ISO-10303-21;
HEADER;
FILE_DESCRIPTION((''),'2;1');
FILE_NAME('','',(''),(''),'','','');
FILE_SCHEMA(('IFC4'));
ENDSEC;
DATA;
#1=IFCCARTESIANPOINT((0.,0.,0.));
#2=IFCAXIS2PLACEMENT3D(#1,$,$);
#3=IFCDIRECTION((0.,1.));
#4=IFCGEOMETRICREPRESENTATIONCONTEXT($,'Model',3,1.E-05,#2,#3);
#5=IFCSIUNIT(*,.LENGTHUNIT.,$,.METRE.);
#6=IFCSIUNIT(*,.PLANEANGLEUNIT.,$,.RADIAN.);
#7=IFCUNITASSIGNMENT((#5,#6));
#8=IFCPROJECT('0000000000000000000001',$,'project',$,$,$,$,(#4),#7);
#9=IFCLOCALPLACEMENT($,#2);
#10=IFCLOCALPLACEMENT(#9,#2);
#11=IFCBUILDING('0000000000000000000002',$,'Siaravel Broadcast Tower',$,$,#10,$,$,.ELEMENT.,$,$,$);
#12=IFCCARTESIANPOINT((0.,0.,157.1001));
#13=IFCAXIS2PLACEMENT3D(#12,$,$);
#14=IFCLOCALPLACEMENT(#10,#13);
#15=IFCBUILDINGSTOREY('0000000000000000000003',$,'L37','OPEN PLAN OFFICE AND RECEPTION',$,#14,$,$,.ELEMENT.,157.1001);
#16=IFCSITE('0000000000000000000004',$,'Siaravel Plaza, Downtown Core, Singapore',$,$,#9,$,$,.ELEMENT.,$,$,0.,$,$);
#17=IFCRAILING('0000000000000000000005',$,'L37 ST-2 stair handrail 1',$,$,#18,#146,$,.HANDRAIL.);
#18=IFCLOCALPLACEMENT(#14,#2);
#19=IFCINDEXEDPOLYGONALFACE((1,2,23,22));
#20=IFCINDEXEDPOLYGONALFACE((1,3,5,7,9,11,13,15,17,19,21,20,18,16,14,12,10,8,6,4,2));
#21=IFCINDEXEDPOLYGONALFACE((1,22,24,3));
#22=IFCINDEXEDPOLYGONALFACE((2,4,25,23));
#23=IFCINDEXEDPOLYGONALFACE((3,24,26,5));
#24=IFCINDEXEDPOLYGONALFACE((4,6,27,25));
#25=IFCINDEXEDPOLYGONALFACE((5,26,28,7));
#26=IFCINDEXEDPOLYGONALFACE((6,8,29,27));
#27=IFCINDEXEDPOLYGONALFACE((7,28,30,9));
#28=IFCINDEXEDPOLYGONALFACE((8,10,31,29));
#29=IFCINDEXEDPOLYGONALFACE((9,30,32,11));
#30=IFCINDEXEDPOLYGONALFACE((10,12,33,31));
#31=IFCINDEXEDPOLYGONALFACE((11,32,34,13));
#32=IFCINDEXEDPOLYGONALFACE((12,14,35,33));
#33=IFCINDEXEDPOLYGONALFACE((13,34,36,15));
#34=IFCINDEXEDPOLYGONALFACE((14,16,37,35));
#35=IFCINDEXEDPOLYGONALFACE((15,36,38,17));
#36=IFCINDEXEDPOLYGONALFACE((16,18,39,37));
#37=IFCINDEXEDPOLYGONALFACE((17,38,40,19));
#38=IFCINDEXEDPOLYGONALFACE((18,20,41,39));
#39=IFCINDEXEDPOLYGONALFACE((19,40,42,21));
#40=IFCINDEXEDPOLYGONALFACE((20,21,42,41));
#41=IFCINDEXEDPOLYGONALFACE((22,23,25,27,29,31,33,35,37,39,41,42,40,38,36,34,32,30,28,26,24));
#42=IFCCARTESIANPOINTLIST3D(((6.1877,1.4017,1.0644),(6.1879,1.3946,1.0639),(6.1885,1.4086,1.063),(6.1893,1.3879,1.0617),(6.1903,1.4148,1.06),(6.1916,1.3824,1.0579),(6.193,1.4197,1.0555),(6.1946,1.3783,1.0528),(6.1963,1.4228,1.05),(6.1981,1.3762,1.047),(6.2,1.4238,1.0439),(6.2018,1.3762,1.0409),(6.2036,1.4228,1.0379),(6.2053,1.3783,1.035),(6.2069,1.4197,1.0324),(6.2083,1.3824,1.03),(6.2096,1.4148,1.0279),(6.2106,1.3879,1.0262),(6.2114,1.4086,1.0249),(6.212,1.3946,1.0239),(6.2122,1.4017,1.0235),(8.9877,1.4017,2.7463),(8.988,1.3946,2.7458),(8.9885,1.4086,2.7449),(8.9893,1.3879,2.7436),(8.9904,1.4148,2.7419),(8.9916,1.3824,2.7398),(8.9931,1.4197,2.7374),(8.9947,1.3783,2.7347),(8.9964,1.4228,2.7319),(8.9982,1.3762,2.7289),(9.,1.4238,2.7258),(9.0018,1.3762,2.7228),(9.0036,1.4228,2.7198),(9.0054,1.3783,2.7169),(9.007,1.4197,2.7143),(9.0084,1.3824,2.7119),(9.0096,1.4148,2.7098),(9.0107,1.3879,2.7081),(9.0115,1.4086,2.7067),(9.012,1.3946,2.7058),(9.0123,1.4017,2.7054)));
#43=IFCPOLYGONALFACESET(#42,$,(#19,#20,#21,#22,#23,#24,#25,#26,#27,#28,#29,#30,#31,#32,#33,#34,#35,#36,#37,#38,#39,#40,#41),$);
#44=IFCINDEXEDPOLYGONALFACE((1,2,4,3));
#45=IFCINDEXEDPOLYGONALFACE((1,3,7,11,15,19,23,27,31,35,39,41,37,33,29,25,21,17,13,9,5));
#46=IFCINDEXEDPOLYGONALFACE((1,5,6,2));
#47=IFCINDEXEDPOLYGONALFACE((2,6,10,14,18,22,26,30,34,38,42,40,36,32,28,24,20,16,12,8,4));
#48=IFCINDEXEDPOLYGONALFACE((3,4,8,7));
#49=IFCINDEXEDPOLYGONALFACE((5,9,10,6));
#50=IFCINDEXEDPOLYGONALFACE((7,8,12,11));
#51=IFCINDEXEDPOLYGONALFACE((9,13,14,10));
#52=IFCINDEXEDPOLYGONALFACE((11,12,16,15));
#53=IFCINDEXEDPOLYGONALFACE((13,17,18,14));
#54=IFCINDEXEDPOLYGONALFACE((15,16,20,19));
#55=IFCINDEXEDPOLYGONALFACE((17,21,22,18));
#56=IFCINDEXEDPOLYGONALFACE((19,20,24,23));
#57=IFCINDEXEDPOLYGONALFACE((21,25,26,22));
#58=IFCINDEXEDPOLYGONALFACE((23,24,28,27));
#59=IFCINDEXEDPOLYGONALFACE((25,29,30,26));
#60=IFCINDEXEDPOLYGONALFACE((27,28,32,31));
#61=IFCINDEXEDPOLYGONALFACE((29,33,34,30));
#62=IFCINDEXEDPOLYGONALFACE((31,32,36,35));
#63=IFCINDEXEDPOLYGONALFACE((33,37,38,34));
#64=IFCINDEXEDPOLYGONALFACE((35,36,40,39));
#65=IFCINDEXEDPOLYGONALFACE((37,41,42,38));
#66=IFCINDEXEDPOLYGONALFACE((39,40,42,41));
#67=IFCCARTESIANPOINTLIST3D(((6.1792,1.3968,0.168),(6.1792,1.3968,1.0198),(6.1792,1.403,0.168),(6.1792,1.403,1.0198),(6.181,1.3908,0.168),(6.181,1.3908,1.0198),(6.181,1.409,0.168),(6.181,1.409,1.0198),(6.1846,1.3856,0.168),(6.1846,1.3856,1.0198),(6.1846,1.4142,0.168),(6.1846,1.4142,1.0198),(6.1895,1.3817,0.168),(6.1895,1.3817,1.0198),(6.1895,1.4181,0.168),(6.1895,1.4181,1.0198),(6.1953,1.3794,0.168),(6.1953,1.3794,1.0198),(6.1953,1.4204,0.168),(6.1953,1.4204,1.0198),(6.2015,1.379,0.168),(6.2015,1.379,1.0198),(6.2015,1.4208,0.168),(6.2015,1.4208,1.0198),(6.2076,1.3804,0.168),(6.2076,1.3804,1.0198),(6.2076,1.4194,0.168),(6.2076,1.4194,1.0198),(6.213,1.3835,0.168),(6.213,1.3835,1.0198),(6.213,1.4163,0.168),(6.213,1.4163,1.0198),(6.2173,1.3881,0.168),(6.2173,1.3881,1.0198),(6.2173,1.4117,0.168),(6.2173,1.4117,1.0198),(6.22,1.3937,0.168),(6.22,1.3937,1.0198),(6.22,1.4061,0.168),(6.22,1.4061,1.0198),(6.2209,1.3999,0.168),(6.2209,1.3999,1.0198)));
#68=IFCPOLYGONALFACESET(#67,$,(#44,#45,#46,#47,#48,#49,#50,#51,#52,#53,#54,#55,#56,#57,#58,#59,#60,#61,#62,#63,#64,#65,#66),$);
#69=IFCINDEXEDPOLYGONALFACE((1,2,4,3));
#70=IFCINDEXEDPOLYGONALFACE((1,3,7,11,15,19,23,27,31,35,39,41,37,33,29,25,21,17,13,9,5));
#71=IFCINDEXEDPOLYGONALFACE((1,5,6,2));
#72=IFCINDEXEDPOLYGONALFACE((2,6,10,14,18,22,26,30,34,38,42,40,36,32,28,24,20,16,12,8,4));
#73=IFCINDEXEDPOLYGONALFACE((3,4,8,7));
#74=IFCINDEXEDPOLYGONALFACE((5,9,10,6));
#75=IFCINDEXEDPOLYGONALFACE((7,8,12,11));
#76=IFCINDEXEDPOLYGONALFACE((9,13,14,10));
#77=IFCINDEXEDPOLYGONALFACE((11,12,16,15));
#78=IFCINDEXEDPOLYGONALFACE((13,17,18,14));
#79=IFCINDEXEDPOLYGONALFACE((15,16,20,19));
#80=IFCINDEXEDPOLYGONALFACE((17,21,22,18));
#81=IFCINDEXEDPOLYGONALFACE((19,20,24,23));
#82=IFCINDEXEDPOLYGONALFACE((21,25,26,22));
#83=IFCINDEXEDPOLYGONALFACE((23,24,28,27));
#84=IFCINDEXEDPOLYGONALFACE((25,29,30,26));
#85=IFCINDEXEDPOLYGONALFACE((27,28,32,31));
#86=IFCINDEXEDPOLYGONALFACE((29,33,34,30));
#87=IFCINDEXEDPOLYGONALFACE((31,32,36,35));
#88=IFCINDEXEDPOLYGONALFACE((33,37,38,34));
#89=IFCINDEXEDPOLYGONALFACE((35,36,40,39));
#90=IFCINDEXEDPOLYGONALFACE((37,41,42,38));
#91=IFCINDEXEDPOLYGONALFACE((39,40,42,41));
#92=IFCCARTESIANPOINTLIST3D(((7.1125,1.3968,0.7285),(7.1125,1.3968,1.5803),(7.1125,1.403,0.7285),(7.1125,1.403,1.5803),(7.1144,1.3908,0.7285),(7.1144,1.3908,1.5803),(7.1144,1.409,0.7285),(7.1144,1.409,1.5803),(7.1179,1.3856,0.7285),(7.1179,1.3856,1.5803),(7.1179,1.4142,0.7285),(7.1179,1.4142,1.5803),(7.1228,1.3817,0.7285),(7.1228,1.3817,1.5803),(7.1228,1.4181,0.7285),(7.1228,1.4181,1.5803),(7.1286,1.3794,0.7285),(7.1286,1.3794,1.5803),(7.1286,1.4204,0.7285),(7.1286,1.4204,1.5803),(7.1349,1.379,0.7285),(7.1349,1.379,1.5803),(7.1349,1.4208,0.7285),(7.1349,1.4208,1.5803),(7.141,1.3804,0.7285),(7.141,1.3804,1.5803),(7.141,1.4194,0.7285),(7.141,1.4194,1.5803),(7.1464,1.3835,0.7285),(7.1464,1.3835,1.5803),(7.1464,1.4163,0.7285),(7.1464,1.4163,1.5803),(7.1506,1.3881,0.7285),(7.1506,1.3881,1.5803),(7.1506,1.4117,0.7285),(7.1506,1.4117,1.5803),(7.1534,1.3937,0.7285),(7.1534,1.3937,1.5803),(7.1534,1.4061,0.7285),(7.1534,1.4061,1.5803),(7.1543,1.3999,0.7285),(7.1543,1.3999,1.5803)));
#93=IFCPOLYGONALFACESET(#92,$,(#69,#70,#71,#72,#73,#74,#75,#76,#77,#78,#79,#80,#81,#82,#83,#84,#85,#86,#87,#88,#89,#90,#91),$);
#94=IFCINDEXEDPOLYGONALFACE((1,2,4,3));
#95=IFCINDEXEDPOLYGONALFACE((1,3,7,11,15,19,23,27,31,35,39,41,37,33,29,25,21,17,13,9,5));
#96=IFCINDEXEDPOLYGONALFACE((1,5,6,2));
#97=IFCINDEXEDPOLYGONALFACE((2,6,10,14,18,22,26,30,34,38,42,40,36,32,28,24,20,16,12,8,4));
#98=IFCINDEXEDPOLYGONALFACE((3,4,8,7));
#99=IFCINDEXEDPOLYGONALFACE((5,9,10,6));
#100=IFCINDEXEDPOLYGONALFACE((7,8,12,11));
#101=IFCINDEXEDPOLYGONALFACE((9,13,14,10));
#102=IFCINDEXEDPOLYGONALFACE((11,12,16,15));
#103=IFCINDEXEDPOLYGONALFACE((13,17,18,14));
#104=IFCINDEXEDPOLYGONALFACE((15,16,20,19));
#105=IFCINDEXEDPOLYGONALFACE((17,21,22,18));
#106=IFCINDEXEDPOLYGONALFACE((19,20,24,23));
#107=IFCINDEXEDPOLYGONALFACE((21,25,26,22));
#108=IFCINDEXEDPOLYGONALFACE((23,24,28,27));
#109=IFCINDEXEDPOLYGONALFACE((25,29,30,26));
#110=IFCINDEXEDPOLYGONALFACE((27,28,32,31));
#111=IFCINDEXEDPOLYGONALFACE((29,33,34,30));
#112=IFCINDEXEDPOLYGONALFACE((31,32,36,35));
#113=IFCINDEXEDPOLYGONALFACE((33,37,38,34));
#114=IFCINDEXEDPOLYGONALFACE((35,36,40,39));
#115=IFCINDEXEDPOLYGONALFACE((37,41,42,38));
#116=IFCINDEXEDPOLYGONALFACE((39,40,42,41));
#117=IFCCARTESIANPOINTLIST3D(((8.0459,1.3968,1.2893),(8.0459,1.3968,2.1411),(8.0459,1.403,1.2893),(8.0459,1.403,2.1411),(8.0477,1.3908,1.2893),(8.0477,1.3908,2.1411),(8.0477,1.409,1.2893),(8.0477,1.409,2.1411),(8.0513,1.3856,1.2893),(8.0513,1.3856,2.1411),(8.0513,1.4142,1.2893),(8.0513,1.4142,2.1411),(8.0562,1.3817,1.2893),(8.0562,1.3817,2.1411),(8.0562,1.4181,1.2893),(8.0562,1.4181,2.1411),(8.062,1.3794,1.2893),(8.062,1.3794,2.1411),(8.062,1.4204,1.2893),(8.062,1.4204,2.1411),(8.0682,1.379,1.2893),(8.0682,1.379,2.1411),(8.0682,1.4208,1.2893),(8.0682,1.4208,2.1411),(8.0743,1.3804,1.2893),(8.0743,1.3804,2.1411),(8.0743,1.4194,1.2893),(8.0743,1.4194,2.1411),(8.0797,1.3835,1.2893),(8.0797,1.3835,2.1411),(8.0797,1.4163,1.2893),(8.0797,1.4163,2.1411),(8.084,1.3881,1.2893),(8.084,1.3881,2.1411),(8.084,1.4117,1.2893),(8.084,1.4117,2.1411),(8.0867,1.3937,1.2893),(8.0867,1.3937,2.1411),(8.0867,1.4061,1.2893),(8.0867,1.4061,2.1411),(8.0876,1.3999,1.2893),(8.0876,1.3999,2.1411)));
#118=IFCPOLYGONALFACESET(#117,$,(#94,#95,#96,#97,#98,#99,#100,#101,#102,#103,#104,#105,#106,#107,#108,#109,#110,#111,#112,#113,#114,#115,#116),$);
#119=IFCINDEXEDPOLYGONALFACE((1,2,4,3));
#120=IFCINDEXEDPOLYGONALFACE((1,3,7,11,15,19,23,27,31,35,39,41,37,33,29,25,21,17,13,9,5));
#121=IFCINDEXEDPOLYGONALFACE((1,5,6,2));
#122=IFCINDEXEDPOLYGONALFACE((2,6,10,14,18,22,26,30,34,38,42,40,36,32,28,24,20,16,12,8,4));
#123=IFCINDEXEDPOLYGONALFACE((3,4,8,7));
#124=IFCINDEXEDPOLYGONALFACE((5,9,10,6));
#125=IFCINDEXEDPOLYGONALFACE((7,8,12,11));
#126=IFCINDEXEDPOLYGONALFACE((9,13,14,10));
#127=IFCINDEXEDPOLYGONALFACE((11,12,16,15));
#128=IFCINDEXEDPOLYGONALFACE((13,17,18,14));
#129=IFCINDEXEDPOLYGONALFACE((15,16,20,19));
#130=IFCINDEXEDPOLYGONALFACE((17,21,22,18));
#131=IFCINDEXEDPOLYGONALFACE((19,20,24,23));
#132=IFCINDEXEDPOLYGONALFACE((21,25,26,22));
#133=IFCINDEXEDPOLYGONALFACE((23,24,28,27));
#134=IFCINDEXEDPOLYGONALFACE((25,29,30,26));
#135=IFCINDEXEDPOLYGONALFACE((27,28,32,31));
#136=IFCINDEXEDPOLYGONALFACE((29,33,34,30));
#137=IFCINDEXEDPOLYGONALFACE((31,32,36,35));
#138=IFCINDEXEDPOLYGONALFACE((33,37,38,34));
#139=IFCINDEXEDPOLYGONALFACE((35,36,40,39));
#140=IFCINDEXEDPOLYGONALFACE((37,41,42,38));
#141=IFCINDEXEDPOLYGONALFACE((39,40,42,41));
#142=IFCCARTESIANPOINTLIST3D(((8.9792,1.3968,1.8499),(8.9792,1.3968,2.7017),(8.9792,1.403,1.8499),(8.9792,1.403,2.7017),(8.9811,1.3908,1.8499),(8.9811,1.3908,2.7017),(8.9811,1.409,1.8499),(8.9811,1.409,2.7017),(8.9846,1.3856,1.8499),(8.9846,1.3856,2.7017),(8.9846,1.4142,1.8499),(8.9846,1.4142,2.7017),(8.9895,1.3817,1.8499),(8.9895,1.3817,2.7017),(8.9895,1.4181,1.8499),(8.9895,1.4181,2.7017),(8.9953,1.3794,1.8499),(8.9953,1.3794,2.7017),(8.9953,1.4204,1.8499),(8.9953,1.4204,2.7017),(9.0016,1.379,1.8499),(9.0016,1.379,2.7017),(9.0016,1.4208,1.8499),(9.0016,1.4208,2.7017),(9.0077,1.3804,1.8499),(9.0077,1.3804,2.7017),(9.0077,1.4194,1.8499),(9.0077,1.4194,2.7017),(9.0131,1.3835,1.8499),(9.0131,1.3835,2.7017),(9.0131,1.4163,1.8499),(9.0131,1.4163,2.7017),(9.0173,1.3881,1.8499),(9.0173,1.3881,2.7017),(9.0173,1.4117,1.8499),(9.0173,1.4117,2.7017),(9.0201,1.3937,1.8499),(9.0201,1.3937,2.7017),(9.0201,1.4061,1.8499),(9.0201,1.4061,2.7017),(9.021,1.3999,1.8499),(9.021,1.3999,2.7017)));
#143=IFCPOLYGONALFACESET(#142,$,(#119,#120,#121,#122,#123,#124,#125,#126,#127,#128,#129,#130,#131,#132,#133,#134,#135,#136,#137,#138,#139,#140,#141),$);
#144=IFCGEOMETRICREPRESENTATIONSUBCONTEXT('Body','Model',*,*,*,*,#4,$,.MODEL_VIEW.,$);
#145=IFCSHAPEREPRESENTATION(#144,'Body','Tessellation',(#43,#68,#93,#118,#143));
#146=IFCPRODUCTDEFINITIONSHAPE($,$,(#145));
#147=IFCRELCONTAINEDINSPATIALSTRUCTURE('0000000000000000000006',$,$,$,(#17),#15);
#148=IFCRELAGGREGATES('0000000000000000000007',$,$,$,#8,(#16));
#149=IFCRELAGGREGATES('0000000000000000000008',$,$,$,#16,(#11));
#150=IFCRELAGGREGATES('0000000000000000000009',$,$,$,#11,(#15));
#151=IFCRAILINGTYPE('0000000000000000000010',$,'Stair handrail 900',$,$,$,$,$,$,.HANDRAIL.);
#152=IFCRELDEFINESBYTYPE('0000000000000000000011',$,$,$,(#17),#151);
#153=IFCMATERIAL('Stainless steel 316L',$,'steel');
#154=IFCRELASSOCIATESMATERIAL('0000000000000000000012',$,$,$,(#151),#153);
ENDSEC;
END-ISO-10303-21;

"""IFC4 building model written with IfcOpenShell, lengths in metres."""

from ifc_helpers import new_model, si_unit, direction, frame, origin, origin_2d, place, context, subcontext, project, spatial, circle, extrude, material, type_object, element, save


model = new_model("IFC4")

# Units and contexts
model_context = context("Model", 3, precision=1e-05, world=origin(), true_north=direction((0.0, 1.0)))
body_context = subcontext(model_context, "Body", "Model", "MODEL_VIEW")
ifc_project = project(units=[si_unit("LENGTHUNIT", "METRE"), si_unit("PLANEANGLEUNIT", "RADIAN")], contexts=[model_context])

# Site, building, storey
site_placement = place(None, origin())
site = spatial("IfcSite", under=ifc_project, at=site_placement, Name="Siaravel Plaza, Downtown Core, Singapore", CompositionType="ELEMENT", RefElevation=0.0)
building_placement = place(site_placement, origin())
building = spatial("IfcBuilding", under=site, at=building_placement, Name="Siaravel Broadcast Tower", CompositionType="ELEMENT")
storey_placement = place(building_placement, frame((0.0, 0.0, 157.1001)))
storey = spatial("IfcBuildingStorey", under=building, at=storey_placement, Name="L37", Description="OPEN PLAN OFFICE AND RECEPTION", CompositionType="ELEMENT", Elevation=157.1001)

# Railing
ifc_material_1 = material(Name="Stainless steel 316L", Category="steel")
railing_type_1 = type_object("IfcRailingType", Name="Stair handrail 900", PredefinedType="HANDRAIL", material=ifc_material_1)
railing_1_placement = place(storey_placement, frame((6.2, 1.3999, 0.168)))
element("IfcRailing", 1, at=railing_1_placement, inside=storey, type_object=railing_type_1, Name="L37 ST-2 stair handrail 1", PredefinedType="HANDRAIL", context=body_context, shape_type="SweptSolid", body=[
    extrude(circle(Radius=0.0239, at=origin_2d()), frame((0.0, 0.0, 0.876), z_axis=(0.857242, 0.0, 0.514913), x_axis=(0.0, 1.0, 0.0)), (0.0, 0.0, 1.0), 3.2664),
    extrude(circle(Radius=0.021, at=origin_2d()), origin(), (0.0, 0.0, 1.0), 0.8518),
    extrude(circle(Radius=0.021, at=origin_2d()), frame((0.9333, 0.0, 0.5605)), (0.0, 0.0, 1.0), 0.8518),
    extrude(circle(Radius=0.021, at=origin_2d()), frame((1.8667, 0.0, 1.1213)), (0.0, 0.0, 1.0), 0.8518),
    extrude(circle(Radius=0.021, at=origin_2d()), frame((2.8, 0.0, 1.6819)), (0.0, 0.0, 1.0), 0.8518),
])

save(model, "model.ifc")
